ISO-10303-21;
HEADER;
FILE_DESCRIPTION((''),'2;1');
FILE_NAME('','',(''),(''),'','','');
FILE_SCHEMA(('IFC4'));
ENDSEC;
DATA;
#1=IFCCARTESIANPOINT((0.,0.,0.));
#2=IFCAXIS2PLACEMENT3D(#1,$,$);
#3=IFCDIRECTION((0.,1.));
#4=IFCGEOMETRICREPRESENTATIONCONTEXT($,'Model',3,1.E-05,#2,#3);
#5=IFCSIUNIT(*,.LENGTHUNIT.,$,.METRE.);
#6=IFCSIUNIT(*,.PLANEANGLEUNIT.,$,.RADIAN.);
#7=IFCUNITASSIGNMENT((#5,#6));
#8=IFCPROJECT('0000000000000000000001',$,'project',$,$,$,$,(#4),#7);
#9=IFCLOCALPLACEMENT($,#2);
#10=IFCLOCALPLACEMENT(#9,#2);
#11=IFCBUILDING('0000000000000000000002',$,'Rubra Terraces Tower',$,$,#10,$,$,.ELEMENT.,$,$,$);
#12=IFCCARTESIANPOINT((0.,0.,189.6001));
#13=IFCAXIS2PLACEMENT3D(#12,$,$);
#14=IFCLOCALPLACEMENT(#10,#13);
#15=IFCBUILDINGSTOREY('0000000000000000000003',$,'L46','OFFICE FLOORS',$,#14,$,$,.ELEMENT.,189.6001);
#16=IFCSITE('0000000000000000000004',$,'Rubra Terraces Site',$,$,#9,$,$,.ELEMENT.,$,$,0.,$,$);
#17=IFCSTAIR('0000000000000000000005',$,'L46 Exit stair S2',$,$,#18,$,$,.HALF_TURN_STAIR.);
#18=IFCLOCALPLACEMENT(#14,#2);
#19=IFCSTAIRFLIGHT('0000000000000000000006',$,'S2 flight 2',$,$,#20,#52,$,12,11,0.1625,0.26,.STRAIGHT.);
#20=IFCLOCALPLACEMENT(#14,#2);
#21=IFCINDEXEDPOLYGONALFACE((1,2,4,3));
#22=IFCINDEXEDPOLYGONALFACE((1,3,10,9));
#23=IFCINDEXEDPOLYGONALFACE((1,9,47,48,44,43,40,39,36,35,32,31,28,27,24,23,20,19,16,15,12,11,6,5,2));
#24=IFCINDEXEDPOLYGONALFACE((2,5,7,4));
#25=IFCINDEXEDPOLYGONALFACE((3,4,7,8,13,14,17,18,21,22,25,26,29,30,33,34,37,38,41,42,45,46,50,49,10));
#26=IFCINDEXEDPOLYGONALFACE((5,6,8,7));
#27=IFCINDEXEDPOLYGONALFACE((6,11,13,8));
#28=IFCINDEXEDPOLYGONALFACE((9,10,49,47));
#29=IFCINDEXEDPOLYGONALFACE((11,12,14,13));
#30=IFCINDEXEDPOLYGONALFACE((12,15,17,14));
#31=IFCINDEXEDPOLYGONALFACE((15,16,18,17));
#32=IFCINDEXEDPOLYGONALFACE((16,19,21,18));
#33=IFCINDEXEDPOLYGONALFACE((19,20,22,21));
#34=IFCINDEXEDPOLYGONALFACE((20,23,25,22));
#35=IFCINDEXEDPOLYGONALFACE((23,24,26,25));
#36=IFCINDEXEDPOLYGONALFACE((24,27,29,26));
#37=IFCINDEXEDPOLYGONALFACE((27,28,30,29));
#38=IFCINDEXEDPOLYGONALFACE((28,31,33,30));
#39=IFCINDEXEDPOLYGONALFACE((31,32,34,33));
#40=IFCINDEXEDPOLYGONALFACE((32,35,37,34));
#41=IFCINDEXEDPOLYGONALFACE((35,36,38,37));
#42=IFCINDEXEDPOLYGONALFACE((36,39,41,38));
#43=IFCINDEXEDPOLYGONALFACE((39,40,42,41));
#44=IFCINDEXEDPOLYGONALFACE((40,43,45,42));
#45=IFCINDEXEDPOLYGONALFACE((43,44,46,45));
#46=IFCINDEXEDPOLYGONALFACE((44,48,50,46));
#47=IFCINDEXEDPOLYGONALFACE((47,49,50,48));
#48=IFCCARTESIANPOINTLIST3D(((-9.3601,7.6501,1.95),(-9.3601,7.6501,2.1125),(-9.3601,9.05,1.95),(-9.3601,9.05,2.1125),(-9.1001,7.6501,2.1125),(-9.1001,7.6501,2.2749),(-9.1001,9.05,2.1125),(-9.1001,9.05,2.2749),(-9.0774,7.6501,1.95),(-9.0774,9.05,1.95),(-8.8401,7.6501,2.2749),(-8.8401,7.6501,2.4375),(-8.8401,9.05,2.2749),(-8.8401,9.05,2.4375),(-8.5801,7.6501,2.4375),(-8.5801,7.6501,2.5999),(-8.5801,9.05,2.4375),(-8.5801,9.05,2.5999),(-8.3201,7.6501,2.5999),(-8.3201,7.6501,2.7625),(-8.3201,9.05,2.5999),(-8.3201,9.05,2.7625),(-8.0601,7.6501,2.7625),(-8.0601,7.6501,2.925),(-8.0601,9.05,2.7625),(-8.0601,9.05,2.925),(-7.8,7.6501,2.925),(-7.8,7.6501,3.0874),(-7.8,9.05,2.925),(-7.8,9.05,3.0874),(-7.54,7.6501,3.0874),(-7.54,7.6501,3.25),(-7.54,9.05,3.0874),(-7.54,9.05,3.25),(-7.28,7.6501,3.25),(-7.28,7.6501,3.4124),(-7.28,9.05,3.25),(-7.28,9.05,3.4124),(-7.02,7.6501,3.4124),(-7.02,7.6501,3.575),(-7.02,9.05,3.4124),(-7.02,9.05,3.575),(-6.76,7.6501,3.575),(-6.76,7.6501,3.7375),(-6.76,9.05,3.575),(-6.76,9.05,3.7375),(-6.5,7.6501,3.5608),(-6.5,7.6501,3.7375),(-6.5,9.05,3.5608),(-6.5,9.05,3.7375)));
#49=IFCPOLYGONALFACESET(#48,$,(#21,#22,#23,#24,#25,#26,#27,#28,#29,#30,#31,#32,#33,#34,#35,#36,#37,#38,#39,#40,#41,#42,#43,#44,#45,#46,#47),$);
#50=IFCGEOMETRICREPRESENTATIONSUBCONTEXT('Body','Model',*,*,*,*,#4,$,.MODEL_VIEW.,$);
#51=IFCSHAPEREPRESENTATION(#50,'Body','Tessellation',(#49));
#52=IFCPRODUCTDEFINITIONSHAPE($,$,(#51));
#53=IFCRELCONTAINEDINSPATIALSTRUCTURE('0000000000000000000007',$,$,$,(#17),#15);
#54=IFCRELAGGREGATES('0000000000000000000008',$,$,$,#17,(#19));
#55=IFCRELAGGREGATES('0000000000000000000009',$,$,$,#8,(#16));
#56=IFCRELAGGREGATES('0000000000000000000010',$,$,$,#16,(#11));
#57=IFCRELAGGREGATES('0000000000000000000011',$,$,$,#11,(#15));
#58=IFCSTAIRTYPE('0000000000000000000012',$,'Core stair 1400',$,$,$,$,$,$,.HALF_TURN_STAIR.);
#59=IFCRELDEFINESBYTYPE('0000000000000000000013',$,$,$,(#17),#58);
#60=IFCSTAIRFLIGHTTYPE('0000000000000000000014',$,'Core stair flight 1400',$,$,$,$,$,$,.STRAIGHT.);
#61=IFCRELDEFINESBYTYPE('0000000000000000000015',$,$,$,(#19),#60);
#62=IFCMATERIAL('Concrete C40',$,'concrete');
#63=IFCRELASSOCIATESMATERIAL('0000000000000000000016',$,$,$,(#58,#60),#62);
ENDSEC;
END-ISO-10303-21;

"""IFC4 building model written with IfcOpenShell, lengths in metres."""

from ifc_helpers import new_model, si_unit, direction, frame, origin, place, context, subcontext, project, spatial, polyline, outline, extrude, material, type_object, element, aggregate, save


model = new_model("IFC4")

# Units and contexts
model_context = context("Model", 3, precision=1e-05, world=origin(), true_north=direction((0.0, 1.0)))
body_context = subcontext(model_context, "Body", "Model", "MODEL_VIEW")
ifc_project = project(units=[si_unit("LENGTHUNIT", "METRE"), si_unit("PLANEANGLEUNIT", "RADIAN")], contexts=[model_context])

# Site, building, storey
site_placement = place(None, origin())
site = spatial("IfcSite", under=ifc_project, at=site_placement, Name="Rubra Terraces Site", CompositionType="ELEMENT", RefElevation=0.0)
building_placement = place(site_placement, origin())
building = spatial("IfcBuilding", under=site, at=building_placement, Name="Rubra Terraces Tower", CompositionType="ELEMENT")
storey_placement = place(building_placement, frame((0.0, 0.0, 189.6001)))
storey = spatial("IfcBuildingStorey", under=building, at=storey_placement, Name="L46", Description="OFFICE FLOORS", CompositionType="ELEMENT", Elevation=189.6001)

# Shared definitions
ifc_material_1 = material(Name="Concrete C40", Category="concrete")

# Stair, stair flight
stair_type = type_object("IfcStairType", Name="Core stair 1400", PredefinedType="HALF_TURN_STAIR", material=ifc_material_1)
stair_placement = place(storey_placement, origin())
stair = element("IfcStair", 1, at=stair_placement, inside=storey, type_object=stair_type, Name="L46 Exit stair S2", PredefinedType="HALF_TURN_STAIR")
stair_flight_type = type_object("IfcStairFlightType", Name="Core stair flight 1400", PredefinedType="STRAIGHT", material=ifc_material_1)
stair_flight_placement = place(storey_placement, frame((-9.3601, 8.3501, 1.95), z_axis=(0.0, 0.0, 1.0), x_axis=(1.0, 0.0, 0.0)))
stair_flight = element("IfcStairFlight", 2, at=stair_flight_placement, type_object=stair_flight_type, Name="S2 flight 2", NumberOfRisers=12, NumberOfTreads=11, PredefinedType="STRAIGHT", RiserHeight=0.1625, TreadLength=0.26, context=body_context, shape_type="SweptSolid", body=[
    extrude(outline(polyline([(0.0, 0.0), (0.0, 0.1626), (0.26, 0.1626), (0.26, 0.325), (0.52, 0.325), (0.52, 0.4875), (0.78, 0.4875), (0.78, 0.6499), (1.04, 0.6499), (1.04, 0.8125), (1.3, 0.8125), (1.3, 0.9751), (1.5601, 0.9751), (1.5601, 1.1375), (1.8201, 1.1375), (1.8201, 1.3), (2.0801, 1.3), (2.0801, 1.4624), (2.3401, 1.4624), (2.3401, 1.625), (2.6001, 1.625), (2.6001, 1.7876), (2.8601, 1.7876), (2.8601, 1.95), (2.8601, 1.6108), (0.2827, 0.0), (0.0, 0.0)])), frame((0.0, 0.7, 0.0), z_axis=(0.0, -1.0, 0.0), x_axis=(1.0, 0.0, 0.0)), (0.0, 0.0, 1.0), 1.3999),
])
aggregate(stair, [stair_flight])

save(model, "model.ifc")
